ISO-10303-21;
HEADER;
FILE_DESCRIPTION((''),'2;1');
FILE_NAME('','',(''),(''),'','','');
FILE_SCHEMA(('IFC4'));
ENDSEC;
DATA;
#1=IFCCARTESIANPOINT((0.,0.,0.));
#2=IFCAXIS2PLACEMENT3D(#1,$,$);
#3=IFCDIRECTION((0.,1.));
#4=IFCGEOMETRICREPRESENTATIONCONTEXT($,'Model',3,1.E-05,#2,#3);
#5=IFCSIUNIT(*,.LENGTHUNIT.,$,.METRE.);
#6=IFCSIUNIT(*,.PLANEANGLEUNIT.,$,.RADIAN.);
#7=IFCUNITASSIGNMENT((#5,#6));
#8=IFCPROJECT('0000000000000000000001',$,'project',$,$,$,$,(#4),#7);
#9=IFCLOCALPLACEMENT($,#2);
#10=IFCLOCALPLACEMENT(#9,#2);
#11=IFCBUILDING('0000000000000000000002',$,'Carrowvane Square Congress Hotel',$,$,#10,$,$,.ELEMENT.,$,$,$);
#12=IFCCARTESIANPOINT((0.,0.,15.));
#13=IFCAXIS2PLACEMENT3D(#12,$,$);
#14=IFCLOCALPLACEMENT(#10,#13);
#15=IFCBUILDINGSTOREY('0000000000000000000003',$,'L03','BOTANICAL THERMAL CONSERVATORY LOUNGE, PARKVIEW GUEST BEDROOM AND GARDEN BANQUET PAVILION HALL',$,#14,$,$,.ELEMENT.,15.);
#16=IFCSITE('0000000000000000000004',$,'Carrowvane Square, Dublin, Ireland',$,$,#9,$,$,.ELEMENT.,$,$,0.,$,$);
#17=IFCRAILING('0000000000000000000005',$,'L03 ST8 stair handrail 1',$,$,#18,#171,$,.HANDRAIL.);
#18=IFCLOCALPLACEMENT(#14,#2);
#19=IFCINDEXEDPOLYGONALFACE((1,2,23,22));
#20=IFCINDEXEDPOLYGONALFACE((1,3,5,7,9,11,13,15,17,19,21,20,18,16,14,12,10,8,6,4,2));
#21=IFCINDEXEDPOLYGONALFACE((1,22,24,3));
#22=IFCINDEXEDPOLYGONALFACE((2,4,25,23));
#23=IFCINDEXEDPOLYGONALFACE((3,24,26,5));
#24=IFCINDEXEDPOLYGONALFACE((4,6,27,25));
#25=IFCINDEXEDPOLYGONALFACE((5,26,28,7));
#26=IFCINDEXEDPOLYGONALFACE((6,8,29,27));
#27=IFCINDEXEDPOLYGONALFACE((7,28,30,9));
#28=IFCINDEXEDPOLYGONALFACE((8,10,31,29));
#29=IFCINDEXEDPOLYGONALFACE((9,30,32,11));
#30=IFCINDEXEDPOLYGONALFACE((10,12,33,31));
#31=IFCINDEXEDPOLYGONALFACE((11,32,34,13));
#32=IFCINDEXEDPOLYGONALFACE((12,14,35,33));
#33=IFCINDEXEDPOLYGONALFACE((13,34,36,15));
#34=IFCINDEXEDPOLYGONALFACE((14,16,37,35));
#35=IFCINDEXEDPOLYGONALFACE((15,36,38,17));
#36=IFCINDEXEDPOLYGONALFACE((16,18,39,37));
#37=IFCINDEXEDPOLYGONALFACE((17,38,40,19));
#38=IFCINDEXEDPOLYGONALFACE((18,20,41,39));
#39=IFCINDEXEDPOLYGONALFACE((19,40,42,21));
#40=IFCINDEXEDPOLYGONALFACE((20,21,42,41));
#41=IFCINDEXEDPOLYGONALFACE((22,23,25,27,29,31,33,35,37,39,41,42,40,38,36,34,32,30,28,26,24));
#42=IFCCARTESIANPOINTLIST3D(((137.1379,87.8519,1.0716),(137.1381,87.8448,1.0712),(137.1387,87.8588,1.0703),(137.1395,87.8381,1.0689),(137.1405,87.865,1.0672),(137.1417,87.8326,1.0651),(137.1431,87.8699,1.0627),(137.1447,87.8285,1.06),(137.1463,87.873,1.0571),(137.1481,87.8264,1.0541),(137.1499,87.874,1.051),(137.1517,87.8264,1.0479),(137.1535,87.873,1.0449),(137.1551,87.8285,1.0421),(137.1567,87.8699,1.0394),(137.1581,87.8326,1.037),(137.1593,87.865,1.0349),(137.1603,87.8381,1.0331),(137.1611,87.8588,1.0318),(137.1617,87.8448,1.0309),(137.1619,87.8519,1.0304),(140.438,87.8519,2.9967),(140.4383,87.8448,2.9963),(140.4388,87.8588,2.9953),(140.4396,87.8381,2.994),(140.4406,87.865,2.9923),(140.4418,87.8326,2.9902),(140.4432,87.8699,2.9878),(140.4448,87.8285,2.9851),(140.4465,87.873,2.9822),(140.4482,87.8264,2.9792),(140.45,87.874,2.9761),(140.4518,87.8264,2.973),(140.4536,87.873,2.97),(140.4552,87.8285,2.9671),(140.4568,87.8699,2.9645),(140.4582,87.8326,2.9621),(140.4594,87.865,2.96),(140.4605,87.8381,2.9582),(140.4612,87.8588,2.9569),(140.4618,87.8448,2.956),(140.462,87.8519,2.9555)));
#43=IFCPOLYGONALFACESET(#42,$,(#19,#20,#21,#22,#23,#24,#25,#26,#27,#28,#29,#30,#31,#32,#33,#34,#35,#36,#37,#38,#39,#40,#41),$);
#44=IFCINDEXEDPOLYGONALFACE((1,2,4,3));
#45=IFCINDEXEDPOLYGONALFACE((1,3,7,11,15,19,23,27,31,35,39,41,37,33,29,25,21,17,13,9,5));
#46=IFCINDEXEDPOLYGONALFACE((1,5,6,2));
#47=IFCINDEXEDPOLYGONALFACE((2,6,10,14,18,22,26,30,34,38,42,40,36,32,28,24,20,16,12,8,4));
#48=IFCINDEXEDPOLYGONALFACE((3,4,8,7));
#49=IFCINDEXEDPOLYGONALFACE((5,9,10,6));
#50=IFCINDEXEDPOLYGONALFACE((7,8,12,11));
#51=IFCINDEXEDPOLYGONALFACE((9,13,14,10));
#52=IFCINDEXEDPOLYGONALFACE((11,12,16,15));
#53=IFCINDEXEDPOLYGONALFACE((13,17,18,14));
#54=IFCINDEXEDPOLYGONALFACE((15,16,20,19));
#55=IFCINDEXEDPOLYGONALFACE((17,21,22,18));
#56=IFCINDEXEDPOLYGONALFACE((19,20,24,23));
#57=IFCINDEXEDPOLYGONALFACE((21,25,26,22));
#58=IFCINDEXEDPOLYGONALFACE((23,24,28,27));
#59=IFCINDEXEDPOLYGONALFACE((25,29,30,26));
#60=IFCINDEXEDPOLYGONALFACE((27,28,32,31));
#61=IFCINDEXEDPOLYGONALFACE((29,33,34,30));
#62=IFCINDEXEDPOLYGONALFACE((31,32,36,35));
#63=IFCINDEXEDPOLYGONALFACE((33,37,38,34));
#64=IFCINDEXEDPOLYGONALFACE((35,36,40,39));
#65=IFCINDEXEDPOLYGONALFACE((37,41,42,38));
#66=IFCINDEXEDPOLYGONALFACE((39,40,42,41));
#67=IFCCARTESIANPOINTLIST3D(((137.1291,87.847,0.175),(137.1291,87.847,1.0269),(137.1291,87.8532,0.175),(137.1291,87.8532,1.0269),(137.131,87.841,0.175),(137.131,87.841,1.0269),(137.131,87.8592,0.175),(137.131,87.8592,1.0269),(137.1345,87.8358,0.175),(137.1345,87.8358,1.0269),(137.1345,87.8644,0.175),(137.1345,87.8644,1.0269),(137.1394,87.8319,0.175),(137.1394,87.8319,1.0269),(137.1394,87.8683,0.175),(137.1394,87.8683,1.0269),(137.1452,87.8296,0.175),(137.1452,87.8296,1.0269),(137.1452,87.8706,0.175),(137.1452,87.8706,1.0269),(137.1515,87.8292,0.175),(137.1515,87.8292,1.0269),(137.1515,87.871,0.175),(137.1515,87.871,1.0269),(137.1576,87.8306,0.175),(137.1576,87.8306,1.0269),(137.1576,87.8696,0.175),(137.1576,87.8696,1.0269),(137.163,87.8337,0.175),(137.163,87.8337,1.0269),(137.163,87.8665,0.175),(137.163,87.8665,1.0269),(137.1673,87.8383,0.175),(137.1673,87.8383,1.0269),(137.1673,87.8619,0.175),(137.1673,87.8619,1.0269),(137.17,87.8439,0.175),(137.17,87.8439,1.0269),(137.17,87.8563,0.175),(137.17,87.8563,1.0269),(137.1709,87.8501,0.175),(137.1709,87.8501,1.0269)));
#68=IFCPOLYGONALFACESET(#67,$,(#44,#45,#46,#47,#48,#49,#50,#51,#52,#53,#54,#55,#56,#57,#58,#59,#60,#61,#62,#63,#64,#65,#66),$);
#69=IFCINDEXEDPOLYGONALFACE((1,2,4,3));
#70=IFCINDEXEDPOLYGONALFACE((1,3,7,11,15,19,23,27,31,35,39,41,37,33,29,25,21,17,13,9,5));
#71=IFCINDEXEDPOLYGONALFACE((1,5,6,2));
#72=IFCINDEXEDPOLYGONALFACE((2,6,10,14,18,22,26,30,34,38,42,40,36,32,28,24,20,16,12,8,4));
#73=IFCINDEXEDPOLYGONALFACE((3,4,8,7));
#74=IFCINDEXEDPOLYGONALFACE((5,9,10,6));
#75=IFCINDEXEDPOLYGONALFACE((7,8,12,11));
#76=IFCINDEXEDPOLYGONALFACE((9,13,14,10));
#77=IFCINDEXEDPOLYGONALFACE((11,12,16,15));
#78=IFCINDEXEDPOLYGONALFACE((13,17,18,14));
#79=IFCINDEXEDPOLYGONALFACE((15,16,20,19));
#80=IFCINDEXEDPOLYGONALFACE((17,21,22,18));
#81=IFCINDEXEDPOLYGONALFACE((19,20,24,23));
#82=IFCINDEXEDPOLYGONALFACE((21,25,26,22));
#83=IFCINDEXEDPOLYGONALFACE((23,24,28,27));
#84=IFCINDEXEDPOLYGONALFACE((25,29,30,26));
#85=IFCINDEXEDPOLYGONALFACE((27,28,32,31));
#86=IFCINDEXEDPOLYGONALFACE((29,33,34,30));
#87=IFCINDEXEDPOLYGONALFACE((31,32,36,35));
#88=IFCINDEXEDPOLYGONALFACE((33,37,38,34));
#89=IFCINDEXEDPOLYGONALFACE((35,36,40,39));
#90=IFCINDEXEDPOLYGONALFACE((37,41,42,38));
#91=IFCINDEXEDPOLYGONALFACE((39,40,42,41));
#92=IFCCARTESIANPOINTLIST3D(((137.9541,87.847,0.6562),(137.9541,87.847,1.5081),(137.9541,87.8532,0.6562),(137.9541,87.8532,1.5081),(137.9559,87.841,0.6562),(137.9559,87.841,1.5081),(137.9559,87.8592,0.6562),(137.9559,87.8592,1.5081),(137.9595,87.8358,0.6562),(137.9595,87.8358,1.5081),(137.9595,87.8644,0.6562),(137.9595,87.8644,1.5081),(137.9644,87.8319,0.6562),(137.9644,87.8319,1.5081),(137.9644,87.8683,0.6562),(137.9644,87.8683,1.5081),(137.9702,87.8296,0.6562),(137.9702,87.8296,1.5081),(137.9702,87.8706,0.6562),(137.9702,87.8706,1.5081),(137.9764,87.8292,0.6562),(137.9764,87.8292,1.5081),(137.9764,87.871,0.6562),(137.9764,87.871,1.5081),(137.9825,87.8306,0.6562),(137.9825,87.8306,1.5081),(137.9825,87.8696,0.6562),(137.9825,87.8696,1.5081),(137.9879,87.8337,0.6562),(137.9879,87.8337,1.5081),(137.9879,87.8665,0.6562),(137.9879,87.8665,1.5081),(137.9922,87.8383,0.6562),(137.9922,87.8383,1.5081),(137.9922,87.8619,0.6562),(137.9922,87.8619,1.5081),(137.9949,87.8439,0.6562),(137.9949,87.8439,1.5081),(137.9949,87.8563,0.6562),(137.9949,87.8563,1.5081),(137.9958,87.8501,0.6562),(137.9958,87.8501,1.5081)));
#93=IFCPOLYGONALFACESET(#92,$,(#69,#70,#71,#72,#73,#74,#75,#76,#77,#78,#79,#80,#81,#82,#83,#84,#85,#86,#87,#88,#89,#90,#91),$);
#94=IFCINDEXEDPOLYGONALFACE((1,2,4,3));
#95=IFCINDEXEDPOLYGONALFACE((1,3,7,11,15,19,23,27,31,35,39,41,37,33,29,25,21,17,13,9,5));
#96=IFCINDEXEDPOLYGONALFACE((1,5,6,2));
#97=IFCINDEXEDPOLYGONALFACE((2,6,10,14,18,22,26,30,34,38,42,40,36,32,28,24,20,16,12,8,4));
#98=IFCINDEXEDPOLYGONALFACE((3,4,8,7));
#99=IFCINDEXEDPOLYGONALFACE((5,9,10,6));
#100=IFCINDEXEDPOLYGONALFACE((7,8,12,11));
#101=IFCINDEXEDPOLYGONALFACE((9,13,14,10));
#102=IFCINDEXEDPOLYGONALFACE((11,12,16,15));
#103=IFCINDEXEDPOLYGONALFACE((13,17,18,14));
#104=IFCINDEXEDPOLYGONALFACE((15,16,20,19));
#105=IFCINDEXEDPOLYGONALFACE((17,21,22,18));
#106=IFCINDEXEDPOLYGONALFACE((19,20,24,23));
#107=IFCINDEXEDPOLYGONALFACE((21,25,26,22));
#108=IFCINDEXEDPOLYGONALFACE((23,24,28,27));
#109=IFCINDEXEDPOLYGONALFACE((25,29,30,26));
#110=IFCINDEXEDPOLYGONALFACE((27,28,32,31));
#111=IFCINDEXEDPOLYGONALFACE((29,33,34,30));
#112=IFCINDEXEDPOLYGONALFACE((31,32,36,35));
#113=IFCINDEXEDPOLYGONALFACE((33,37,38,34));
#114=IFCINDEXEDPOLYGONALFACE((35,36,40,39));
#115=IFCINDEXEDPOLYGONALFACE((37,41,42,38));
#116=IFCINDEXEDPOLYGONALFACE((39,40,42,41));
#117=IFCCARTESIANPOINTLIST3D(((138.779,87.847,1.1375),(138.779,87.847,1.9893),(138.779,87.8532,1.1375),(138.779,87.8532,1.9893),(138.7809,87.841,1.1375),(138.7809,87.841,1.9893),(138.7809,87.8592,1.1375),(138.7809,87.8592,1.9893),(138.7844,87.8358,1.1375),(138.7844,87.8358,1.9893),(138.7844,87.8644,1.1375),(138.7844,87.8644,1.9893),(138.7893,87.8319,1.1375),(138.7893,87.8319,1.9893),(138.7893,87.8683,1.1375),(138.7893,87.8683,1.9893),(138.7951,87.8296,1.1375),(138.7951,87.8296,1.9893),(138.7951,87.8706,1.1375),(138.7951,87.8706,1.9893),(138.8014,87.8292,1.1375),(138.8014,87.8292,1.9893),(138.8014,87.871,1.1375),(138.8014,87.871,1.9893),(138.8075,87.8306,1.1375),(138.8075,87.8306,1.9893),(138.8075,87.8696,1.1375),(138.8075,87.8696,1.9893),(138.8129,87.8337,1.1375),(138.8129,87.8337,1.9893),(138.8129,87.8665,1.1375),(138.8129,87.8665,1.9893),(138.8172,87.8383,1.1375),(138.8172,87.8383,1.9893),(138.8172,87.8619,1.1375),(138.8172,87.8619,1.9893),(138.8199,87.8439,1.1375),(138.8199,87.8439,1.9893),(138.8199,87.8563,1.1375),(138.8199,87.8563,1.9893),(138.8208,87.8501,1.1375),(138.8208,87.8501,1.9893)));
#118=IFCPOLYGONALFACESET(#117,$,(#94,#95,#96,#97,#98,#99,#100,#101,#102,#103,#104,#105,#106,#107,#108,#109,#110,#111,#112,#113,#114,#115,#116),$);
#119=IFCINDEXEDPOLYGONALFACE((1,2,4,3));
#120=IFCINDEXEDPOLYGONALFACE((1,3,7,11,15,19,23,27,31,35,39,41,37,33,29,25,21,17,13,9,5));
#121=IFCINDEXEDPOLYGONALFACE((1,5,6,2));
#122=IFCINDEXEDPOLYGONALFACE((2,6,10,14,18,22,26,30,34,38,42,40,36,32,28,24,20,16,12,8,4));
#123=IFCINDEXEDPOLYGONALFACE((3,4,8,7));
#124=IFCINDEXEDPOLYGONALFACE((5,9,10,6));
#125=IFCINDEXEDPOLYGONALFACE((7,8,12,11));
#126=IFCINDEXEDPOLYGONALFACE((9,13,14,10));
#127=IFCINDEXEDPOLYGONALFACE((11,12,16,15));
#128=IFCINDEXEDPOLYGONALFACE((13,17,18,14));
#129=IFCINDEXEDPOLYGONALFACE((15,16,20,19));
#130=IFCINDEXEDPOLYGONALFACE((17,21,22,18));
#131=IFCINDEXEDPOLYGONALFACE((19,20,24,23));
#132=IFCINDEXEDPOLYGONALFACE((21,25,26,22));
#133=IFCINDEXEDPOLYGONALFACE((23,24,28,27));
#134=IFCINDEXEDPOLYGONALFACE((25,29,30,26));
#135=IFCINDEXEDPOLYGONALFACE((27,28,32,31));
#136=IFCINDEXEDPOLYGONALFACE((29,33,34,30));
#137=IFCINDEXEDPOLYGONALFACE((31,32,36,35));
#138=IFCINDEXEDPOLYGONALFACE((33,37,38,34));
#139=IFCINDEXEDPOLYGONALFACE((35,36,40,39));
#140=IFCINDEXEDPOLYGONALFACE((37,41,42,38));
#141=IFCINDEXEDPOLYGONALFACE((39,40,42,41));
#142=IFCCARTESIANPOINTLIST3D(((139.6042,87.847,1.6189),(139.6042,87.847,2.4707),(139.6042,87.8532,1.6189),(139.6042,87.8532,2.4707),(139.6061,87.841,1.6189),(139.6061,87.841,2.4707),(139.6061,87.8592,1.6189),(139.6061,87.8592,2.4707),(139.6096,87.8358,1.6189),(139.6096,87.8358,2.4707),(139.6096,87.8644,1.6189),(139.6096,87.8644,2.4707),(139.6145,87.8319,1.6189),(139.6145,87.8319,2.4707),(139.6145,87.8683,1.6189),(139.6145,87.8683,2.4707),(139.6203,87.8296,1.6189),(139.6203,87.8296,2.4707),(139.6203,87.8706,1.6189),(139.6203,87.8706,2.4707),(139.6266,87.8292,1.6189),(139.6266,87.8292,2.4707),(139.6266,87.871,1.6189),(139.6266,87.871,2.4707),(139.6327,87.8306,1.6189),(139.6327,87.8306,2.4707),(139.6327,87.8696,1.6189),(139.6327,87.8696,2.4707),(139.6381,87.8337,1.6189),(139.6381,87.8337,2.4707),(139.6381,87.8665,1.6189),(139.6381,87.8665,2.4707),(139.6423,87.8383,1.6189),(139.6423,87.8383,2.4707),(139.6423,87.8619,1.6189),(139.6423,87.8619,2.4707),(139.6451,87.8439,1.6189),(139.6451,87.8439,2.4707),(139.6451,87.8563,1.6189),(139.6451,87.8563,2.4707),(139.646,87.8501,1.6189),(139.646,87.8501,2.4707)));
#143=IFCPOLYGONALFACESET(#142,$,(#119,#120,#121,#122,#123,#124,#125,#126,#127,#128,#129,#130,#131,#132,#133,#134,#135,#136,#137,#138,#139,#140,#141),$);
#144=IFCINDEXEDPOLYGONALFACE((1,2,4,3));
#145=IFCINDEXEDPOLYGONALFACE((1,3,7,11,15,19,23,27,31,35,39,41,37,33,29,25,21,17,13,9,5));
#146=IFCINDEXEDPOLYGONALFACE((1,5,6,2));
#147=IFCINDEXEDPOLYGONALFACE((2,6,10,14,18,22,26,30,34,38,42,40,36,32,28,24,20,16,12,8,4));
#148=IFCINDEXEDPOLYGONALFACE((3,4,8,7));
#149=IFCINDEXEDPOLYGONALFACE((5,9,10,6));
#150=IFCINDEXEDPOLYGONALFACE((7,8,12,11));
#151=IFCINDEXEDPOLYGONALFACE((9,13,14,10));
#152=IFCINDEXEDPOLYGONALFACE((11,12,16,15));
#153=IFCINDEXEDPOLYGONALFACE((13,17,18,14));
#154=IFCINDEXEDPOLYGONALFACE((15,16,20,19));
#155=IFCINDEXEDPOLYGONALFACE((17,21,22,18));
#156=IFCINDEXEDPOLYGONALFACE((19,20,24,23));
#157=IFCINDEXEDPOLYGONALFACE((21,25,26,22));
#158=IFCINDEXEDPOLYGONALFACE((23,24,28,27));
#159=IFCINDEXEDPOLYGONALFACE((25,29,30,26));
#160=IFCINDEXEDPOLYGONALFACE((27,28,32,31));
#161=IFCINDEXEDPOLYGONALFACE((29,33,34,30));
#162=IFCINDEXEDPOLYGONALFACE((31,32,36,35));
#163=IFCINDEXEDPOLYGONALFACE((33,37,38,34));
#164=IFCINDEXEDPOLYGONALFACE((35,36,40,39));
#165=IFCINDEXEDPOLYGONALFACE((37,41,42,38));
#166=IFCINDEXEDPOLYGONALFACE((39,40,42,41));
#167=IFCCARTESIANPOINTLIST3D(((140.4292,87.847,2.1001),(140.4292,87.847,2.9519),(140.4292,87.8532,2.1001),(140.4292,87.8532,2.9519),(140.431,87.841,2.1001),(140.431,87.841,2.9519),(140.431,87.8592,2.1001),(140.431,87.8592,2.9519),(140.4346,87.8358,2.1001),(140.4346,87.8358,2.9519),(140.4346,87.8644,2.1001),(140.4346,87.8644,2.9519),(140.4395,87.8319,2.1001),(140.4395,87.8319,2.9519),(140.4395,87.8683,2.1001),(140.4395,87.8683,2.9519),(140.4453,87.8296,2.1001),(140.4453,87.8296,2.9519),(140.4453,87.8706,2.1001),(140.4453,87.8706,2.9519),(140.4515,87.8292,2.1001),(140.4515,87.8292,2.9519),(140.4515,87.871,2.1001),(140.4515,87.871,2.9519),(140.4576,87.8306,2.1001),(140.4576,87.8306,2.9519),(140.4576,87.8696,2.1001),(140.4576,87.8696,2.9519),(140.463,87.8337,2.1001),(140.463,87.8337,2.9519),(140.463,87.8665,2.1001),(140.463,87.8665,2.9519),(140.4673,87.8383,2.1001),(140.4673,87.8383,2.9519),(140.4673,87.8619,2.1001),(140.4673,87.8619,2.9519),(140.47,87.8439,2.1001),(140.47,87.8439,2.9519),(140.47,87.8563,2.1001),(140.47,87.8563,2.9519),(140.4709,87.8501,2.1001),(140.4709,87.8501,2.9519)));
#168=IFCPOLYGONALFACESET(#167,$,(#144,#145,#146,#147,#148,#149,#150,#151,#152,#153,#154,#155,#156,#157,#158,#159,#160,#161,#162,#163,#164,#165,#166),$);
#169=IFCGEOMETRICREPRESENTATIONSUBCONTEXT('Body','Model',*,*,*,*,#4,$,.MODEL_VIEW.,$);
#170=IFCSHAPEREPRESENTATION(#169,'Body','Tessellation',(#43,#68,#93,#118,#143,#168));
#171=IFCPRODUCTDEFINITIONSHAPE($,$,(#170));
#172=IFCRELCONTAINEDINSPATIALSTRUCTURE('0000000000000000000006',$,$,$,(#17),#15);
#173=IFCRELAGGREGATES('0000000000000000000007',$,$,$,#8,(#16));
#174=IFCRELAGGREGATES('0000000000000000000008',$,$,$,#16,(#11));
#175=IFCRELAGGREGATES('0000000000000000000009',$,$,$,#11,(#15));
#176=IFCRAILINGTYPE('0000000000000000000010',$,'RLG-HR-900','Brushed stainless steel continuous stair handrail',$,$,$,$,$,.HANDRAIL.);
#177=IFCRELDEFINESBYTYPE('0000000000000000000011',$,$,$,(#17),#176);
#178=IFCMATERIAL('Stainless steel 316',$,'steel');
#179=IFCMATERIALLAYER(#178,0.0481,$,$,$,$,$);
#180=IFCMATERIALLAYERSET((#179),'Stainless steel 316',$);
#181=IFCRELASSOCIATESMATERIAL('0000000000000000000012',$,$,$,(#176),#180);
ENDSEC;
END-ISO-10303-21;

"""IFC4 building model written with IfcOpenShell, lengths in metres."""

from ifc_helpers import new_model, si_unit, direction, frame, origin, origin_2d, place, context, subcontext, project, spatial, circle, extrude, material, layer, layer_set, type_object, element, save


model = new_model("IFC4")

# Units and contexts
model_context = context("Model", 3, precision=1e-05, world=origin(), true_north=direction((0.0, 1.0)))
body_context = subcontext(model_context, "Body", "Model", "MODEL_VIEW")
ifc_project = project(units=[si_unit("LENGTHUNIT", "METRE"), si_unit("PLANEANGLEUNIT", "RADIAN")], contexts=[model_context])

# Site, building, storey
site_placement = place(None, origin())
site = spatial("IfcSite", under=ifc_project, at=site_placement, Name="Carrowvane Square, Dublin, Ireland", CompositionType="ELEMENT", RefElevation=0.0)
building_placement = place(site_placement, origin())
building = spatial("IfcBuilding", under=site, at=building_placement, Name="Carrowvane Square Congress Hotel", CompositionType="ELEMENT")
storey_placement = place(building_placement, frame((0.0, 0.0, 15.0)))
storey = spatial("IfcBuildingStorey", under=building, at=storey_placement, Name="L03", Description="BOTANICAL THERMAL CONSERVATORY LOUNGE, PARKVIEW GUEST BEDROOM AND GARDEN BANQUET PAVILION HALL", CompositionType="ELEMENT", Elevation=15.0)

# Railing
ifc_material_1 = material(Name="Stainless steel 316", Category="steel")
ifc_layer_1 = layer(ifc_material_1, 0.0481)
ifc_layer_set_1 = layer_set([ifc_layer_1], Name="Stainless steel 316")
railing_type = type_object("IfcRailingType", Name="RLG-HR-900", Description="Brushed stainless steel continuous stair handrail", PredefinedType="HANDRAIL", material=ifc_layer_set_1)
railing_placement = place(storey_placement, frame((137.1499, 87.8501, 0.175)))
element("IfcRailing", 1, at=railing_placement, inside=storey, type_object=railing_type, Name="L03 ST8 stair handrail 1", PredefinedType="HANDRAIL", context=body_context, shape_type="SweptSolid", body=[
    extrude(circle(Radius=0.0239, at=origin_2d()), frame((0.0, 0.0, 0.876), z_axis=(0.863777, 0.0, 0.503875), x_axis=(0.0, 1.0, 0.0)), (0.0, 0.0, 1.0), 3.8206),
    extrude(circle(Radius=0.021, at=origin_2d()), origin(), (0.0, 0.0, 1.0), 0.8518),
    extrude(circle(Radius=0.021, at=origin_2d()), frame((0.825, 0.0, 0.4812)), (0.0, 0.0, 1.0), 0.8518),
    extrude(circle(Radius=0.021, at=origin_2d()), frame((1.6499, 0.0, 0.9624)), (0.0, 0.0, 1.0), 0.8518),
    extrude(circle(Radius=0.021, at=origin_2d()), frame((2.4751, 0.0, 1.4438)), (0.0, 0.0, 1.0), 0.8518),
    extrude(circle(Radius=0.021, at=origin_2d()), frame((3.3, 0.0, 1.925)), (0.0, 0.0, 1.0), 0.8518),
])

save(model, "model.ifc")
